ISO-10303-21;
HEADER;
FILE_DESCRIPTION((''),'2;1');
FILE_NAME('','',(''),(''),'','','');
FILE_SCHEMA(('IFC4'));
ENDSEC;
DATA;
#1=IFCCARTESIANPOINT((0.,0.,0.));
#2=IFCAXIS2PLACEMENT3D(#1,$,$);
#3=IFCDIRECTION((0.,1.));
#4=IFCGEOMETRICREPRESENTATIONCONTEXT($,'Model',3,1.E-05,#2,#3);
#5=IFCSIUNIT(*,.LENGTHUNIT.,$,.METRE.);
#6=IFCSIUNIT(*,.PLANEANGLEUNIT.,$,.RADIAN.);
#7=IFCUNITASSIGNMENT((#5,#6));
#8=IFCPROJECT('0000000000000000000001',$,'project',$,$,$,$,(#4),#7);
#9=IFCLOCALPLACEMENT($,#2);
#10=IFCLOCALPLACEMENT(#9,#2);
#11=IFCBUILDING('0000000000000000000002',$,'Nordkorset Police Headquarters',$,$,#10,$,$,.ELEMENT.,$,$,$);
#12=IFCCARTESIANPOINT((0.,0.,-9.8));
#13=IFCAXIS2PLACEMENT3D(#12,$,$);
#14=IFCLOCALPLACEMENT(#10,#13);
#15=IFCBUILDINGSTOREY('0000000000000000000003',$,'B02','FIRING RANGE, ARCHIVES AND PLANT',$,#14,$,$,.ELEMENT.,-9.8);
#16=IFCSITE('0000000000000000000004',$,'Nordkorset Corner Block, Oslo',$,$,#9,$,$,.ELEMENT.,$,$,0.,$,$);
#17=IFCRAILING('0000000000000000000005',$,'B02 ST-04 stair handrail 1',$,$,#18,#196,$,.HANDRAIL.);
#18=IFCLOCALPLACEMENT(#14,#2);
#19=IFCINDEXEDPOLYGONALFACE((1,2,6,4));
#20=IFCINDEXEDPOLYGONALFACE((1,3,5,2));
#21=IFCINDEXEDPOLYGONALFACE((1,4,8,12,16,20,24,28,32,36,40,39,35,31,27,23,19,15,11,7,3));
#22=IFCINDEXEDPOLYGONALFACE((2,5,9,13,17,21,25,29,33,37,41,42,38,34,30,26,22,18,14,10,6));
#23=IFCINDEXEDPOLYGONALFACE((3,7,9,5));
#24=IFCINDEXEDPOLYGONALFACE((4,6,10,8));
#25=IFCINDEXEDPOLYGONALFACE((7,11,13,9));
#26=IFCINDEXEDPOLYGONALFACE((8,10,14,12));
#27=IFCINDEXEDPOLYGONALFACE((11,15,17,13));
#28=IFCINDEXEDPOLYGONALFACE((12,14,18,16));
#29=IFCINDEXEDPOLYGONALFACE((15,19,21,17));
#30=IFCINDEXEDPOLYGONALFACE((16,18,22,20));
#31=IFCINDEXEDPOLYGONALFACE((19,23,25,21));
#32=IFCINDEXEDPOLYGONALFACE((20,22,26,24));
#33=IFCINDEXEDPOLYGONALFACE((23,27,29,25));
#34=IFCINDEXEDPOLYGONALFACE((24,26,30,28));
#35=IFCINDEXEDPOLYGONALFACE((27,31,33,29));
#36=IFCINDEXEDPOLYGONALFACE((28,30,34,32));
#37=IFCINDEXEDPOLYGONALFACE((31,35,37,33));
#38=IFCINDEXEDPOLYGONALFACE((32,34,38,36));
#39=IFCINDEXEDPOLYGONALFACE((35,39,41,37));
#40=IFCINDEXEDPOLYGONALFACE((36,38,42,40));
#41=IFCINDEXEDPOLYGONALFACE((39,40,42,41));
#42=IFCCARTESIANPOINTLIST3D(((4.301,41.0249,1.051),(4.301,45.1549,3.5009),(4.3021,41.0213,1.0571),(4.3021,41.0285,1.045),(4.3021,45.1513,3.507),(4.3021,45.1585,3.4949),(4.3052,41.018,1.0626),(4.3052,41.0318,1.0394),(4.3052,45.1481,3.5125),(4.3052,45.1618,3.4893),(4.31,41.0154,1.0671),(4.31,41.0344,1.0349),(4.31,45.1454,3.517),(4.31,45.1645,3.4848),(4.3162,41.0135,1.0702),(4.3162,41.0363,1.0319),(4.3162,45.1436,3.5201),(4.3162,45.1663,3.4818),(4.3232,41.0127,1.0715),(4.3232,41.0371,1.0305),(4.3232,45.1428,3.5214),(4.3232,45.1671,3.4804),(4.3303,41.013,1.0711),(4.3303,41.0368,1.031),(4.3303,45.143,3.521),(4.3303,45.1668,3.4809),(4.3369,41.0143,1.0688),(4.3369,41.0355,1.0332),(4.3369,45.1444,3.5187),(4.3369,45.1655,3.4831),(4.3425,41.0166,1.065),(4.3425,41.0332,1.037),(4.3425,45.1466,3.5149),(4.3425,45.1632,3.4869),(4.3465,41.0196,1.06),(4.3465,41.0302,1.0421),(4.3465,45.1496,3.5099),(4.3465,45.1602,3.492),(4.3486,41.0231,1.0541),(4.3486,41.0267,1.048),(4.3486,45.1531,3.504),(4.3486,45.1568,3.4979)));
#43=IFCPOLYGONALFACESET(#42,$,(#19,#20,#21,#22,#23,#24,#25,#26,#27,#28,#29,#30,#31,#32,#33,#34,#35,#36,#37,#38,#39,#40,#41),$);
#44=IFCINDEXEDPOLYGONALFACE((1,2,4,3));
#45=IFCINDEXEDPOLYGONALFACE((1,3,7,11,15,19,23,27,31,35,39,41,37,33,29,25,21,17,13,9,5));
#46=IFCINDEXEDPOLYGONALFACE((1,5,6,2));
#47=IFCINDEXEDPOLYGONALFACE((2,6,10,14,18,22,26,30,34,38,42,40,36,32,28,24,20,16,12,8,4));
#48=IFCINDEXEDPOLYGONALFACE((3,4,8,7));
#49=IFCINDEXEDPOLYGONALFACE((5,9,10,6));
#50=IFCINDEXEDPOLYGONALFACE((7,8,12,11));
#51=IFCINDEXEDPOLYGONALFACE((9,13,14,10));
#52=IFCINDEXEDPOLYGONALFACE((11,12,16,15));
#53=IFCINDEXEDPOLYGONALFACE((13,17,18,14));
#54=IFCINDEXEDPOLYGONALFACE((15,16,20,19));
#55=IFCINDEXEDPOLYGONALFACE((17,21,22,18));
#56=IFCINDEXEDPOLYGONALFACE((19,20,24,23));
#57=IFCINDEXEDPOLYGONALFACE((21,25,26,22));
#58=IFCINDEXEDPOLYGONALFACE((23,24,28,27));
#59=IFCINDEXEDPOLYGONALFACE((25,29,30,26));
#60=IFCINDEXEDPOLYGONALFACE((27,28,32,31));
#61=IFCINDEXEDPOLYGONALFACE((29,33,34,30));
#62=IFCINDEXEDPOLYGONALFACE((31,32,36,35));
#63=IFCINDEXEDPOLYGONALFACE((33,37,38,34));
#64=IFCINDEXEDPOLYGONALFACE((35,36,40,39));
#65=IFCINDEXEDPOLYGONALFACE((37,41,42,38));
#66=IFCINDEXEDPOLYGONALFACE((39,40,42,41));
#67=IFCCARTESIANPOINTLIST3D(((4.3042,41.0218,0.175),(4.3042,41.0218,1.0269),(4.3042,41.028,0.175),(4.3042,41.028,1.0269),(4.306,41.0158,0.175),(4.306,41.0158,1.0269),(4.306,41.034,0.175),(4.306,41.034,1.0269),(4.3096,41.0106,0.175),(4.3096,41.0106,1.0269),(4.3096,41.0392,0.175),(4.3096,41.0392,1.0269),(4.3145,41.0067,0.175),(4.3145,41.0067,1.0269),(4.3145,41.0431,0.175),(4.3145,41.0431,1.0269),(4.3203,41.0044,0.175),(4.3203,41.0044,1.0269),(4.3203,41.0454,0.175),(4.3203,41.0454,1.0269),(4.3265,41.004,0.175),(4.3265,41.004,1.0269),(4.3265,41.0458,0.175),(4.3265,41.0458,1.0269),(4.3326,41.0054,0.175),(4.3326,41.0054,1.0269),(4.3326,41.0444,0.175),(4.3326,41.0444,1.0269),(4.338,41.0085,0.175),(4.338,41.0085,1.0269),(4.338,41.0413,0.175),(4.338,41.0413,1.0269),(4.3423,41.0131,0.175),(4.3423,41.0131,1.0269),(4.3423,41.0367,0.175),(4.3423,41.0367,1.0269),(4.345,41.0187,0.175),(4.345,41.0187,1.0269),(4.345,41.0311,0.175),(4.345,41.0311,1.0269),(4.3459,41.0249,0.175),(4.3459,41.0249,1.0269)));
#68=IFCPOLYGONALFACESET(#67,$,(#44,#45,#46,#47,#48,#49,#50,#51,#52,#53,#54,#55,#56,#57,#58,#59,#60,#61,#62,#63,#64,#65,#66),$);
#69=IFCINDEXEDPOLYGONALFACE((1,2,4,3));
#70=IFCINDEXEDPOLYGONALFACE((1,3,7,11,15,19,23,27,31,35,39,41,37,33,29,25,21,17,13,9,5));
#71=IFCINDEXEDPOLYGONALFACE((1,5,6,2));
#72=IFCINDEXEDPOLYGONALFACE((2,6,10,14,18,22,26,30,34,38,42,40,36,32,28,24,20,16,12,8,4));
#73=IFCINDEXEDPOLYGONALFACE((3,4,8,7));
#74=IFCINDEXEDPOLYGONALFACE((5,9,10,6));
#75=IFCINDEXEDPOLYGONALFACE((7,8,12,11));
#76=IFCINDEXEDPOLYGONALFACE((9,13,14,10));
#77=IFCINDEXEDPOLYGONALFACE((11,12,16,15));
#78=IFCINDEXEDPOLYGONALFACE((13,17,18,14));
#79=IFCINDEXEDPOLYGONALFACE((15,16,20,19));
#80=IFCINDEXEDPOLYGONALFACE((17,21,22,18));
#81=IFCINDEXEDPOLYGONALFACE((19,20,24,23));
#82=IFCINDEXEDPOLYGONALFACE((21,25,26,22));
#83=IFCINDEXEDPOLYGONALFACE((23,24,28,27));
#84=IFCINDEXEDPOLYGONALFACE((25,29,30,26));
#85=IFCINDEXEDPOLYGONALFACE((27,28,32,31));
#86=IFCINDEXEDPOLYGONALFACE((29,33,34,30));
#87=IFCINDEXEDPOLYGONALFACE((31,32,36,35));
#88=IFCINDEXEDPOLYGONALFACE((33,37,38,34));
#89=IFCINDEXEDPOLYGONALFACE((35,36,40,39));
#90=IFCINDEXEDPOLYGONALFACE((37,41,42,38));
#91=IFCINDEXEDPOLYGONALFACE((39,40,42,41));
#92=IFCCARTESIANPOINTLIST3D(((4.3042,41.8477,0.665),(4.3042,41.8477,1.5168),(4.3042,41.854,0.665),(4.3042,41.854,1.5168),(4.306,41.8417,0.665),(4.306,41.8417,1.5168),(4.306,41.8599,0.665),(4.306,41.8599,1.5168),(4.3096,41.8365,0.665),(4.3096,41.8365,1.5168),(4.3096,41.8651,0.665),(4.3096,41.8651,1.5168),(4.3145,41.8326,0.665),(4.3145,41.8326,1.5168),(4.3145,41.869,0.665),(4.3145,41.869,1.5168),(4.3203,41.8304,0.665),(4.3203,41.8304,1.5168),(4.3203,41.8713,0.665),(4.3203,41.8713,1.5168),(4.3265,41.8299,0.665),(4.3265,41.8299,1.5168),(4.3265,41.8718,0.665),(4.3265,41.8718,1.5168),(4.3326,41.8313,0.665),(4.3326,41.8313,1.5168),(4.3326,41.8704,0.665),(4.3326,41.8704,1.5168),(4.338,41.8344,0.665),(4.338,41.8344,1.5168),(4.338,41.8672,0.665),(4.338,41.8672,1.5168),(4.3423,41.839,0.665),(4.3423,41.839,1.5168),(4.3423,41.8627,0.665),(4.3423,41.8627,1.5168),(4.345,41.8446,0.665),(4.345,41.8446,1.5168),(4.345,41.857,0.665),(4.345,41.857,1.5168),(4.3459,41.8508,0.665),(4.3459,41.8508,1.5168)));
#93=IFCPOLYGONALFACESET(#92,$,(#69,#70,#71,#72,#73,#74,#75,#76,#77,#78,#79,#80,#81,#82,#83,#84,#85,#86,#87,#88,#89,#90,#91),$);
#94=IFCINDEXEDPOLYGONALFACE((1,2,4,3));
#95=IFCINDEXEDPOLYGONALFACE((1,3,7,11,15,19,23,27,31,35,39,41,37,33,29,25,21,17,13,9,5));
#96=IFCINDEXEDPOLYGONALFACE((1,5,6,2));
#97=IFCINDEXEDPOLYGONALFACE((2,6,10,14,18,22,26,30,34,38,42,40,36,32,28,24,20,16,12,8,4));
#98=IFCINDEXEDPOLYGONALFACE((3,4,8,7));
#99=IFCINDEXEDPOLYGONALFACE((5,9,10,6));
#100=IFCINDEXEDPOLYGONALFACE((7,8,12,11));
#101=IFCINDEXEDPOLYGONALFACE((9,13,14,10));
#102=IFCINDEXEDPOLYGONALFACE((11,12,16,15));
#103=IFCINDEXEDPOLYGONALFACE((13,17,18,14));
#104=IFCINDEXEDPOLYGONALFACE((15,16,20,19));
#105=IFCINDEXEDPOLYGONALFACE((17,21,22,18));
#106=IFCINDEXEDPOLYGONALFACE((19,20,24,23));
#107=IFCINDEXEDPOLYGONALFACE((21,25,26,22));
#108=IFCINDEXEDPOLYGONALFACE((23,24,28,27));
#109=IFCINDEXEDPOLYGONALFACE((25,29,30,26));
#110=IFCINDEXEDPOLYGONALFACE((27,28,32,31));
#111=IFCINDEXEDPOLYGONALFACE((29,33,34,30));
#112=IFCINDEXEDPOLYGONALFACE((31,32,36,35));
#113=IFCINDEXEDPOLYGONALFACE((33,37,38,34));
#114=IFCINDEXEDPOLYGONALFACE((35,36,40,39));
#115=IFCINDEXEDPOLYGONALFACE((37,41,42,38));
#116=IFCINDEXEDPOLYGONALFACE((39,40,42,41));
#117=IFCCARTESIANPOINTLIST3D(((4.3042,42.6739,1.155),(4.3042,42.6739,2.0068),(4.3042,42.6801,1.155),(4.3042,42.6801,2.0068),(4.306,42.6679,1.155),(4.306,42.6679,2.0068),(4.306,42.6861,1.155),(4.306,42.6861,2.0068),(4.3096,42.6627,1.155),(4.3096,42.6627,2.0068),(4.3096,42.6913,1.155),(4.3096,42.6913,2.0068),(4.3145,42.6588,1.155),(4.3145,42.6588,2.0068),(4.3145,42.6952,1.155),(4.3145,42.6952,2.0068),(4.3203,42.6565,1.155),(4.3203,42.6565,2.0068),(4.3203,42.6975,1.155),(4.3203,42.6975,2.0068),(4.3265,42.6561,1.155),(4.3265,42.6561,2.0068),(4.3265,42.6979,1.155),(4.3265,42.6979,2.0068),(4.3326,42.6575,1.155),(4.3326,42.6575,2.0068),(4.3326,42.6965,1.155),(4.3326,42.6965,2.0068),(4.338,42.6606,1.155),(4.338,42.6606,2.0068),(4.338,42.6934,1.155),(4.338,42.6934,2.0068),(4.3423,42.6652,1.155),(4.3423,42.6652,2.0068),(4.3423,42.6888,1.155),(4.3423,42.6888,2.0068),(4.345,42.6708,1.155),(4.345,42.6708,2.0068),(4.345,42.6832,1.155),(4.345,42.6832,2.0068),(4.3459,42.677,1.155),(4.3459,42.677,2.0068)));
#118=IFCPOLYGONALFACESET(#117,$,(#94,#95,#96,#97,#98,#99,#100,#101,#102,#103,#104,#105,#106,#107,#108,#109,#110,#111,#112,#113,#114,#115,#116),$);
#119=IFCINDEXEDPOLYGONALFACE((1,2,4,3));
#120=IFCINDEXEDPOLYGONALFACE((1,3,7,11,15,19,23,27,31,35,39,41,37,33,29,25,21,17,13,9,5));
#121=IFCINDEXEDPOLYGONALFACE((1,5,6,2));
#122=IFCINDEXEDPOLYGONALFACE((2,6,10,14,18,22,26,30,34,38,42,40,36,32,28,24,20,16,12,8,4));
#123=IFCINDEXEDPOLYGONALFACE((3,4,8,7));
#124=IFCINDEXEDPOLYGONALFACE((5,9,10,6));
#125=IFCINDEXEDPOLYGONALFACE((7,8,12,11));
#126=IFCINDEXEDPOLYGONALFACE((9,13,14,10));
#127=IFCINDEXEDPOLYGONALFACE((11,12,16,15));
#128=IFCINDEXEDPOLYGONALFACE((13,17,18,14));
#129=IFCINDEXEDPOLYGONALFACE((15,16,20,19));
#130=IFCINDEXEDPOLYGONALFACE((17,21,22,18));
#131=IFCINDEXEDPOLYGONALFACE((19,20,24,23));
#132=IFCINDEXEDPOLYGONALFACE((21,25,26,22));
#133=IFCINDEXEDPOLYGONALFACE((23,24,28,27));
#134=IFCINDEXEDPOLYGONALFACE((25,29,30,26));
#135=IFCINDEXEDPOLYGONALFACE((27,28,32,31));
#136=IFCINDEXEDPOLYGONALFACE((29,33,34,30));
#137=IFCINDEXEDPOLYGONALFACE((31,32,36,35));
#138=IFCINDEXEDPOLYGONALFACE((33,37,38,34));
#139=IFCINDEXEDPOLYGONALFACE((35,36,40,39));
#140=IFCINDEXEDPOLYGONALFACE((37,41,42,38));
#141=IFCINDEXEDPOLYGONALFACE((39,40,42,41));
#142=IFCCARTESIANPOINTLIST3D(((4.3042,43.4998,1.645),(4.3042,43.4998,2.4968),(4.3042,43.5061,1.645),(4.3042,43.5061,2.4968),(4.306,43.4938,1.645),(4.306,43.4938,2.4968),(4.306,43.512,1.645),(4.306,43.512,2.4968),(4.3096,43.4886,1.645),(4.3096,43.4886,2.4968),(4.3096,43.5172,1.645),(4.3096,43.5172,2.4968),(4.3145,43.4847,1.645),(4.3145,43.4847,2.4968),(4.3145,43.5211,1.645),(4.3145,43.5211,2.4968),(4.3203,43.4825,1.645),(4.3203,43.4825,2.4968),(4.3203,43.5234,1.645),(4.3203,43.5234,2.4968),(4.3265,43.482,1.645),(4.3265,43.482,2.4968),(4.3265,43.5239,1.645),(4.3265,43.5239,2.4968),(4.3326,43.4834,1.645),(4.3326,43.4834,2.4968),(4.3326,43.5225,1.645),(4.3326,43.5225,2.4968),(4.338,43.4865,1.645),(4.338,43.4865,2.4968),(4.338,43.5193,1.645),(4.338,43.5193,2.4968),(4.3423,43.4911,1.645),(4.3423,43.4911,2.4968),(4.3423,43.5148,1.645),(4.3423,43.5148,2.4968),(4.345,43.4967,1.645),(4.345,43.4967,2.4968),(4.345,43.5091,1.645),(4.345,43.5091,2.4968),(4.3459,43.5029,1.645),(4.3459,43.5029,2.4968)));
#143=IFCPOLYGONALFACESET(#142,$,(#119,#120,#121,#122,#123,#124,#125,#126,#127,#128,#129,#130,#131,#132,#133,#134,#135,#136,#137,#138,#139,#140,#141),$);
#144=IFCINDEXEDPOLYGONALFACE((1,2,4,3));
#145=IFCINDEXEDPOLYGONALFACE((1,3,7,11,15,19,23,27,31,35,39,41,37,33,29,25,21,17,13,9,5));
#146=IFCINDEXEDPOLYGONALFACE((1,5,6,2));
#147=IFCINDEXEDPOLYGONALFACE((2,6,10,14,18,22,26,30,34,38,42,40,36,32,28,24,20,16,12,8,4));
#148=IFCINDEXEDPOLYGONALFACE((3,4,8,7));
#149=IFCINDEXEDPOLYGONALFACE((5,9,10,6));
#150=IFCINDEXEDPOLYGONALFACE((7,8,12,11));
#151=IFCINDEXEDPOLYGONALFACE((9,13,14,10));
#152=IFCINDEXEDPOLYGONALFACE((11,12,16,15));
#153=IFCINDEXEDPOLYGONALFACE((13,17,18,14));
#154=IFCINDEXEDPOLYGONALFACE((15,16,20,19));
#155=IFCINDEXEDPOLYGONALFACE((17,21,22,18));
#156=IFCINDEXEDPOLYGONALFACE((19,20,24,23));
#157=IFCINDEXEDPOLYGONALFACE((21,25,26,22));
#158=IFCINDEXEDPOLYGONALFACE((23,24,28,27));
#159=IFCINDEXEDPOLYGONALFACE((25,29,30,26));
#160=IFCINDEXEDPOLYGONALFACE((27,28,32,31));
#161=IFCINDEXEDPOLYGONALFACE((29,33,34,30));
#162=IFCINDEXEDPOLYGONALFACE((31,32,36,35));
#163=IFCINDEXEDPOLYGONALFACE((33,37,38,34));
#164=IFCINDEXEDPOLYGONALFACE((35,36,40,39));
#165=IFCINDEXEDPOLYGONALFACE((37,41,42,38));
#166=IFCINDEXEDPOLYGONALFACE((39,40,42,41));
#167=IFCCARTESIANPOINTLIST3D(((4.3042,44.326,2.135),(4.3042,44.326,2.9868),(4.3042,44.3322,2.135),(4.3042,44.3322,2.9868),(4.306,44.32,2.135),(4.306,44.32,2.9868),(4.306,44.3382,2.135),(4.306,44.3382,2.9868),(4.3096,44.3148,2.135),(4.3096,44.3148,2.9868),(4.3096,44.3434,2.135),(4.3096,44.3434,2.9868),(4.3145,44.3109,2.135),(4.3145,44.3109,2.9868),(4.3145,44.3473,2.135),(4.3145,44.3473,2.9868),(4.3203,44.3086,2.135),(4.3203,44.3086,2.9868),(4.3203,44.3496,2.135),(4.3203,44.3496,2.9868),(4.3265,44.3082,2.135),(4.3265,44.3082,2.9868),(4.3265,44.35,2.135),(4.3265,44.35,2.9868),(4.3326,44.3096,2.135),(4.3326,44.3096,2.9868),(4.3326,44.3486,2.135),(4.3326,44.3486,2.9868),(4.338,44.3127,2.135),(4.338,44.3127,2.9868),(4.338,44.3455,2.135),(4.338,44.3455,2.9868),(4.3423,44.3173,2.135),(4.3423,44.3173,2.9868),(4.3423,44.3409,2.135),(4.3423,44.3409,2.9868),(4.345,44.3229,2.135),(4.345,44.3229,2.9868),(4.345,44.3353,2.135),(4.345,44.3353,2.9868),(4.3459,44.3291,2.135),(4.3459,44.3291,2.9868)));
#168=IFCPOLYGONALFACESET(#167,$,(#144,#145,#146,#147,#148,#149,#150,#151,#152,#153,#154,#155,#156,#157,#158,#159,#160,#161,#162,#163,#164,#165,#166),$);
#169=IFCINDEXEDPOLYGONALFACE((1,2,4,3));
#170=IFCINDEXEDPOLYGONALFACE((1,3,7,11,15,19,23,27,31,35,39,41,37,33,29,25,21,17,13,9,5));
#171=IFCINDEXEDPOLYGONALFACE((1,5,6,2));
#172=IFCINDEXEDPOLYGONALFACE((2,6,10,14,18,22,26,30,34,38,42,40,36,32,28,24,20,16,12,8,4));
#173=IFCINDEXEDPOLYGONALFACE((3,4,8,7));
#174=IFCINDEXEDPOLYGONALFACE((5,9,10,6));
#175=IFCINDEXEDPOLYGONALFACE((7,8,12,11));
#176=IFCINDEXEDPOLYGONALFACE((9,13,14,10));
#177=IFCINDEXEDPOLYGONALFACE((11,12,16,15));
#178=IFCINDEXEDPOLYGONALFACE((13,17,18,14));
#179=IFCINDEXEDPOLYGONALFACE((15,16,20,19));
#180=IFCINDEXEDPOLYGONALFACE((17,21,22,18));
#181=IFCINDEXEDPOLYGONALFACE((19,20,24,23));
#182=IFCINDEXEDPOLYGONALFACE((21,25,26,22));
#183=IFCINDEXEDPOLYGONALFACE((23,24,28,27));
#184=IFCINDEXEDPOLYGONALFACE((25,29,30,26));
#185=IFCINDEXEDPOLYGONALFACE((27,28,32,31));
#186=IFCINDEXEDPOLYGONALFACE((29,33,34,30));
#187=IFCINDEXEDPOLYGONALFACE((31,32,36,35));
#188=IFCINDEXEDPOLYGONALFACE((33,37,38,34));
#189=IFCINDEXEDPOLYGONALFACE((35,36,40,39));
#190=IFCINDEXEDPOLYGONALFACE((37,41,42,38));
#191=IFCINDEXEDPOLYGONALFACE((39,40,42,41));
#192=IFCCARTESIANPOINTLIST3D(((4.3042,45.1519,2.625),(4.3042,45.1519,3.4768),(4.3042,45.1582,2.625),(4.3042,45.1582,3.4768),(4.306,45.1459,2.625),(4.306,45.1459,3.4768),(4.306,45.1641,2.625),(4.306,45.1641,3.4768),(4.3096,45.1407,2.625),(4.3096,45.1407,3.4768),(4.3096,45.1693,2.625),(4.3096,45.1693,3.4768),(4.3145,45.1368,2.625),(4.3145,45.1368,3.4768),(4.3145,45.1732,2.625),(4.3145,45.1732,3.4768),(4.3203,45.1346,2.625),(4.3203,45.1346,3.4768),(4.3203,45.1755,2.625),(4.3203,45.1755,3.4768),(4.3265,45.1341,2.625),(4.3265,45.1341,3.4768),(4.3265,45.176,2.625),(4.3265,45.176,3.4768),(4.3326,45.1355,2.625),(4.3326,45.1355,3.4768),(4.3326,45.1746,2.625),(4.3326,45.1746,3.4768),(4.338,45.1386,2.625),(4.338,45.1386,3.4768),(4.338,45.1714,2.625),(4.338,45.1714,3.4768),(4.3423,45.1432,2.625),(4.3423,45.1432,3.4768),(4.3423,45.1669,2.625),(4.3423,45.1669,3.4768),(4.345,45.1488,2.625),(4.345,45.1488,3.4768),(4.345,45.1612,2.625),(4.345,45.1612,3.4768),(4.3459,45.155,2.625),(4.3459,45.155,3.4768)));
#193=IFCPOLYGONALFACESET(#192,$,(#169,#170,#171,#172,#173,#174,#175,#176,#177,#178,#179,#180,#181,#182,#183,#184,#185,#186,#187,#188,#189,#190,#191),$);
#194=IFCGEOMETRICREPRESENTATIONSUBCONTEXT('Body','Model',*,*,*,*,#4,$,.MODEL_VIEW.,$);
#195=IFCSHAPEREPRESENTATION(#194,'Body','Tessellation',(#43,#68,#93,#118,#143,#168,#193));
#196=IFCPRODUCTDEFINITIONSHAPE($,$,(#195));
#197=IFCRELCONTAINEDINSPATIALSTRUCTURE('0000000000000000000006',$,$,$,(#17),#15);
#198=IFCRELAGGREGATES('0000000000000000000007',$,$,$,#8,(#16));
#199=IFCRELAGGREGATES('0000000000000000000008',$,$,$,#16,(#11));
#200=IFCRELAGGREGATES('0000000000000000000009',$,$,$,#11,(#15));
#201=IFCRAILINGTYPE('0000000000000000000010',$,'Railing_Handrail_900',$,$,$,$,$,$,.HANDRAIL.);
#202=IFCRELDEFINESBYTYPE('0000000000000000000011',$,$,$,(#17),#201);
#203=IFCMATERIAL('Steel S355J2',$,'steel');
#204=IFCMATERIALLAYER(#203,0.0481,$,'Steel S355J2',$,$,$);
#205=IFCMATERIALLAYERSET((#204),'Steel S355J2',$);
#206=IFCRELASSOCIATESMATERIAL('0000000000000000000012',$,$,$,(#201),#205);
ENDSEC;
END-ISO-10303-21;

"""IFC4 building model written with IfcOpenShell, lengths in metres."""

from ifc_helpers import new_model, si_unit, direction, frame, origin, origin_2d, place, context, subcontext, project, spatial, circle, extrude, material, layer, layer_set, type_object, element, save


model = new_model("IFC4")

# Units and contexts
model_context = context("Model", 3, precision=1e-05, world=origin(), true_north=direction((0.0, 1.0)))
body_context = subcontext(model_context, "Body", "Model", "MODEL_VIEW")
ifc_project = project(units=[si_unit("LENGTHUNIT", "METRE"), si_unit("PLANEANGLEUNIT", "RADIAN")], contexts=[model_context])

# Site, building, storey
site_placement = place(None, origin())
site = spatial("IfcSite", under=ifc_project, at=site_placement, Name="Nordkorset Corner Block, Oslo", CompositionType="ELEMENT", RefElevation=0.0)
building_placement = place(site_placement, origin())
building = spatial("IfcBuilding", under=site, at=building_placement, Name="Nordkorset Police Headquarters", CompositionType="ELEMENT")
storey_placement = place(building_placement, frame((0.0, 0.0, -9.8)))
storey = spatial("IfcBuildingStorey", under=building, at=storey_placement, Name="B02", Description="FIRING RANGE, ARCHIVES AND PLANT", CompositionType="ELEMENT", Elevation=-9.8)

# Railing
ifc_material_1 = material(Name="Steel S355J2", Category="steel")
ifc_layer_1 = layer(ifc_material_1, 0.0481, Name="Steel S355J2")
ifc_layer_set_1 = layer_set([ifc_layer_1], Name="Steel S355J2")
railing_type_1 = type_object("IfcRailingType", Name="Railing_Handrail_900", PredefinedType="HANDRAIL", material=ifc_layer_set_1)
railing_1_placement = place(storey_placement, frame((4.325, 41.0249, 0.175)))
element("IfcRailing", 1, at=railing_1_placement, inside=storey, type_object=railing_type_1, Name="B02 ST-04 stair handrail 1", PredefinedType="HANDRAIL", context=body_context, shape_type="SweptSolid", body=[
    extrude(circle(Radius=0.0239, at=origin_2d()), frame((0.0, 0.0, 0.876), z_axis=(0.0, 0.860066, 0.510183), x_axis=(-1.0, 0.0, 0.0)), (0.0, 0.0, 1.0), 4.802),
    extrude(circle(Radius=0.021, at=origin_2d()), origin(), (0.0, 0.0, 1.0), 0.8518),
    extrude(circle(Radius=0.021, at=origin_2d()), frame((0.0, 0.8259, 0.49)), (0.0, 0.0, 1.0), 0.8518),
    extrude(circle(Radius=0.021, at=origin_2d()), frame((0.0, 1.6521, 0.98)), (0.0, 0.0, 1.0), 0.8518),
    extrude(circle(Radius=0.021, at=origin_2d()), frame((0.0, 2.478, 1.47)), (0.0, 0.0, 1.0), 0.8518),
    extrude(circle(Radius=0.021, at=origin_2d()), frame((0.0, 3.3042, 1.96)), (0.0, 0.0, 1.0), 0.8518),
    extrude(circle(Radius=0.021, at=origin_2d()), frame((0.0, 4.1301, 2.45)), (0.0, 0.0, 1.0), 0.8518),
])

save(model, "model.ifc")
